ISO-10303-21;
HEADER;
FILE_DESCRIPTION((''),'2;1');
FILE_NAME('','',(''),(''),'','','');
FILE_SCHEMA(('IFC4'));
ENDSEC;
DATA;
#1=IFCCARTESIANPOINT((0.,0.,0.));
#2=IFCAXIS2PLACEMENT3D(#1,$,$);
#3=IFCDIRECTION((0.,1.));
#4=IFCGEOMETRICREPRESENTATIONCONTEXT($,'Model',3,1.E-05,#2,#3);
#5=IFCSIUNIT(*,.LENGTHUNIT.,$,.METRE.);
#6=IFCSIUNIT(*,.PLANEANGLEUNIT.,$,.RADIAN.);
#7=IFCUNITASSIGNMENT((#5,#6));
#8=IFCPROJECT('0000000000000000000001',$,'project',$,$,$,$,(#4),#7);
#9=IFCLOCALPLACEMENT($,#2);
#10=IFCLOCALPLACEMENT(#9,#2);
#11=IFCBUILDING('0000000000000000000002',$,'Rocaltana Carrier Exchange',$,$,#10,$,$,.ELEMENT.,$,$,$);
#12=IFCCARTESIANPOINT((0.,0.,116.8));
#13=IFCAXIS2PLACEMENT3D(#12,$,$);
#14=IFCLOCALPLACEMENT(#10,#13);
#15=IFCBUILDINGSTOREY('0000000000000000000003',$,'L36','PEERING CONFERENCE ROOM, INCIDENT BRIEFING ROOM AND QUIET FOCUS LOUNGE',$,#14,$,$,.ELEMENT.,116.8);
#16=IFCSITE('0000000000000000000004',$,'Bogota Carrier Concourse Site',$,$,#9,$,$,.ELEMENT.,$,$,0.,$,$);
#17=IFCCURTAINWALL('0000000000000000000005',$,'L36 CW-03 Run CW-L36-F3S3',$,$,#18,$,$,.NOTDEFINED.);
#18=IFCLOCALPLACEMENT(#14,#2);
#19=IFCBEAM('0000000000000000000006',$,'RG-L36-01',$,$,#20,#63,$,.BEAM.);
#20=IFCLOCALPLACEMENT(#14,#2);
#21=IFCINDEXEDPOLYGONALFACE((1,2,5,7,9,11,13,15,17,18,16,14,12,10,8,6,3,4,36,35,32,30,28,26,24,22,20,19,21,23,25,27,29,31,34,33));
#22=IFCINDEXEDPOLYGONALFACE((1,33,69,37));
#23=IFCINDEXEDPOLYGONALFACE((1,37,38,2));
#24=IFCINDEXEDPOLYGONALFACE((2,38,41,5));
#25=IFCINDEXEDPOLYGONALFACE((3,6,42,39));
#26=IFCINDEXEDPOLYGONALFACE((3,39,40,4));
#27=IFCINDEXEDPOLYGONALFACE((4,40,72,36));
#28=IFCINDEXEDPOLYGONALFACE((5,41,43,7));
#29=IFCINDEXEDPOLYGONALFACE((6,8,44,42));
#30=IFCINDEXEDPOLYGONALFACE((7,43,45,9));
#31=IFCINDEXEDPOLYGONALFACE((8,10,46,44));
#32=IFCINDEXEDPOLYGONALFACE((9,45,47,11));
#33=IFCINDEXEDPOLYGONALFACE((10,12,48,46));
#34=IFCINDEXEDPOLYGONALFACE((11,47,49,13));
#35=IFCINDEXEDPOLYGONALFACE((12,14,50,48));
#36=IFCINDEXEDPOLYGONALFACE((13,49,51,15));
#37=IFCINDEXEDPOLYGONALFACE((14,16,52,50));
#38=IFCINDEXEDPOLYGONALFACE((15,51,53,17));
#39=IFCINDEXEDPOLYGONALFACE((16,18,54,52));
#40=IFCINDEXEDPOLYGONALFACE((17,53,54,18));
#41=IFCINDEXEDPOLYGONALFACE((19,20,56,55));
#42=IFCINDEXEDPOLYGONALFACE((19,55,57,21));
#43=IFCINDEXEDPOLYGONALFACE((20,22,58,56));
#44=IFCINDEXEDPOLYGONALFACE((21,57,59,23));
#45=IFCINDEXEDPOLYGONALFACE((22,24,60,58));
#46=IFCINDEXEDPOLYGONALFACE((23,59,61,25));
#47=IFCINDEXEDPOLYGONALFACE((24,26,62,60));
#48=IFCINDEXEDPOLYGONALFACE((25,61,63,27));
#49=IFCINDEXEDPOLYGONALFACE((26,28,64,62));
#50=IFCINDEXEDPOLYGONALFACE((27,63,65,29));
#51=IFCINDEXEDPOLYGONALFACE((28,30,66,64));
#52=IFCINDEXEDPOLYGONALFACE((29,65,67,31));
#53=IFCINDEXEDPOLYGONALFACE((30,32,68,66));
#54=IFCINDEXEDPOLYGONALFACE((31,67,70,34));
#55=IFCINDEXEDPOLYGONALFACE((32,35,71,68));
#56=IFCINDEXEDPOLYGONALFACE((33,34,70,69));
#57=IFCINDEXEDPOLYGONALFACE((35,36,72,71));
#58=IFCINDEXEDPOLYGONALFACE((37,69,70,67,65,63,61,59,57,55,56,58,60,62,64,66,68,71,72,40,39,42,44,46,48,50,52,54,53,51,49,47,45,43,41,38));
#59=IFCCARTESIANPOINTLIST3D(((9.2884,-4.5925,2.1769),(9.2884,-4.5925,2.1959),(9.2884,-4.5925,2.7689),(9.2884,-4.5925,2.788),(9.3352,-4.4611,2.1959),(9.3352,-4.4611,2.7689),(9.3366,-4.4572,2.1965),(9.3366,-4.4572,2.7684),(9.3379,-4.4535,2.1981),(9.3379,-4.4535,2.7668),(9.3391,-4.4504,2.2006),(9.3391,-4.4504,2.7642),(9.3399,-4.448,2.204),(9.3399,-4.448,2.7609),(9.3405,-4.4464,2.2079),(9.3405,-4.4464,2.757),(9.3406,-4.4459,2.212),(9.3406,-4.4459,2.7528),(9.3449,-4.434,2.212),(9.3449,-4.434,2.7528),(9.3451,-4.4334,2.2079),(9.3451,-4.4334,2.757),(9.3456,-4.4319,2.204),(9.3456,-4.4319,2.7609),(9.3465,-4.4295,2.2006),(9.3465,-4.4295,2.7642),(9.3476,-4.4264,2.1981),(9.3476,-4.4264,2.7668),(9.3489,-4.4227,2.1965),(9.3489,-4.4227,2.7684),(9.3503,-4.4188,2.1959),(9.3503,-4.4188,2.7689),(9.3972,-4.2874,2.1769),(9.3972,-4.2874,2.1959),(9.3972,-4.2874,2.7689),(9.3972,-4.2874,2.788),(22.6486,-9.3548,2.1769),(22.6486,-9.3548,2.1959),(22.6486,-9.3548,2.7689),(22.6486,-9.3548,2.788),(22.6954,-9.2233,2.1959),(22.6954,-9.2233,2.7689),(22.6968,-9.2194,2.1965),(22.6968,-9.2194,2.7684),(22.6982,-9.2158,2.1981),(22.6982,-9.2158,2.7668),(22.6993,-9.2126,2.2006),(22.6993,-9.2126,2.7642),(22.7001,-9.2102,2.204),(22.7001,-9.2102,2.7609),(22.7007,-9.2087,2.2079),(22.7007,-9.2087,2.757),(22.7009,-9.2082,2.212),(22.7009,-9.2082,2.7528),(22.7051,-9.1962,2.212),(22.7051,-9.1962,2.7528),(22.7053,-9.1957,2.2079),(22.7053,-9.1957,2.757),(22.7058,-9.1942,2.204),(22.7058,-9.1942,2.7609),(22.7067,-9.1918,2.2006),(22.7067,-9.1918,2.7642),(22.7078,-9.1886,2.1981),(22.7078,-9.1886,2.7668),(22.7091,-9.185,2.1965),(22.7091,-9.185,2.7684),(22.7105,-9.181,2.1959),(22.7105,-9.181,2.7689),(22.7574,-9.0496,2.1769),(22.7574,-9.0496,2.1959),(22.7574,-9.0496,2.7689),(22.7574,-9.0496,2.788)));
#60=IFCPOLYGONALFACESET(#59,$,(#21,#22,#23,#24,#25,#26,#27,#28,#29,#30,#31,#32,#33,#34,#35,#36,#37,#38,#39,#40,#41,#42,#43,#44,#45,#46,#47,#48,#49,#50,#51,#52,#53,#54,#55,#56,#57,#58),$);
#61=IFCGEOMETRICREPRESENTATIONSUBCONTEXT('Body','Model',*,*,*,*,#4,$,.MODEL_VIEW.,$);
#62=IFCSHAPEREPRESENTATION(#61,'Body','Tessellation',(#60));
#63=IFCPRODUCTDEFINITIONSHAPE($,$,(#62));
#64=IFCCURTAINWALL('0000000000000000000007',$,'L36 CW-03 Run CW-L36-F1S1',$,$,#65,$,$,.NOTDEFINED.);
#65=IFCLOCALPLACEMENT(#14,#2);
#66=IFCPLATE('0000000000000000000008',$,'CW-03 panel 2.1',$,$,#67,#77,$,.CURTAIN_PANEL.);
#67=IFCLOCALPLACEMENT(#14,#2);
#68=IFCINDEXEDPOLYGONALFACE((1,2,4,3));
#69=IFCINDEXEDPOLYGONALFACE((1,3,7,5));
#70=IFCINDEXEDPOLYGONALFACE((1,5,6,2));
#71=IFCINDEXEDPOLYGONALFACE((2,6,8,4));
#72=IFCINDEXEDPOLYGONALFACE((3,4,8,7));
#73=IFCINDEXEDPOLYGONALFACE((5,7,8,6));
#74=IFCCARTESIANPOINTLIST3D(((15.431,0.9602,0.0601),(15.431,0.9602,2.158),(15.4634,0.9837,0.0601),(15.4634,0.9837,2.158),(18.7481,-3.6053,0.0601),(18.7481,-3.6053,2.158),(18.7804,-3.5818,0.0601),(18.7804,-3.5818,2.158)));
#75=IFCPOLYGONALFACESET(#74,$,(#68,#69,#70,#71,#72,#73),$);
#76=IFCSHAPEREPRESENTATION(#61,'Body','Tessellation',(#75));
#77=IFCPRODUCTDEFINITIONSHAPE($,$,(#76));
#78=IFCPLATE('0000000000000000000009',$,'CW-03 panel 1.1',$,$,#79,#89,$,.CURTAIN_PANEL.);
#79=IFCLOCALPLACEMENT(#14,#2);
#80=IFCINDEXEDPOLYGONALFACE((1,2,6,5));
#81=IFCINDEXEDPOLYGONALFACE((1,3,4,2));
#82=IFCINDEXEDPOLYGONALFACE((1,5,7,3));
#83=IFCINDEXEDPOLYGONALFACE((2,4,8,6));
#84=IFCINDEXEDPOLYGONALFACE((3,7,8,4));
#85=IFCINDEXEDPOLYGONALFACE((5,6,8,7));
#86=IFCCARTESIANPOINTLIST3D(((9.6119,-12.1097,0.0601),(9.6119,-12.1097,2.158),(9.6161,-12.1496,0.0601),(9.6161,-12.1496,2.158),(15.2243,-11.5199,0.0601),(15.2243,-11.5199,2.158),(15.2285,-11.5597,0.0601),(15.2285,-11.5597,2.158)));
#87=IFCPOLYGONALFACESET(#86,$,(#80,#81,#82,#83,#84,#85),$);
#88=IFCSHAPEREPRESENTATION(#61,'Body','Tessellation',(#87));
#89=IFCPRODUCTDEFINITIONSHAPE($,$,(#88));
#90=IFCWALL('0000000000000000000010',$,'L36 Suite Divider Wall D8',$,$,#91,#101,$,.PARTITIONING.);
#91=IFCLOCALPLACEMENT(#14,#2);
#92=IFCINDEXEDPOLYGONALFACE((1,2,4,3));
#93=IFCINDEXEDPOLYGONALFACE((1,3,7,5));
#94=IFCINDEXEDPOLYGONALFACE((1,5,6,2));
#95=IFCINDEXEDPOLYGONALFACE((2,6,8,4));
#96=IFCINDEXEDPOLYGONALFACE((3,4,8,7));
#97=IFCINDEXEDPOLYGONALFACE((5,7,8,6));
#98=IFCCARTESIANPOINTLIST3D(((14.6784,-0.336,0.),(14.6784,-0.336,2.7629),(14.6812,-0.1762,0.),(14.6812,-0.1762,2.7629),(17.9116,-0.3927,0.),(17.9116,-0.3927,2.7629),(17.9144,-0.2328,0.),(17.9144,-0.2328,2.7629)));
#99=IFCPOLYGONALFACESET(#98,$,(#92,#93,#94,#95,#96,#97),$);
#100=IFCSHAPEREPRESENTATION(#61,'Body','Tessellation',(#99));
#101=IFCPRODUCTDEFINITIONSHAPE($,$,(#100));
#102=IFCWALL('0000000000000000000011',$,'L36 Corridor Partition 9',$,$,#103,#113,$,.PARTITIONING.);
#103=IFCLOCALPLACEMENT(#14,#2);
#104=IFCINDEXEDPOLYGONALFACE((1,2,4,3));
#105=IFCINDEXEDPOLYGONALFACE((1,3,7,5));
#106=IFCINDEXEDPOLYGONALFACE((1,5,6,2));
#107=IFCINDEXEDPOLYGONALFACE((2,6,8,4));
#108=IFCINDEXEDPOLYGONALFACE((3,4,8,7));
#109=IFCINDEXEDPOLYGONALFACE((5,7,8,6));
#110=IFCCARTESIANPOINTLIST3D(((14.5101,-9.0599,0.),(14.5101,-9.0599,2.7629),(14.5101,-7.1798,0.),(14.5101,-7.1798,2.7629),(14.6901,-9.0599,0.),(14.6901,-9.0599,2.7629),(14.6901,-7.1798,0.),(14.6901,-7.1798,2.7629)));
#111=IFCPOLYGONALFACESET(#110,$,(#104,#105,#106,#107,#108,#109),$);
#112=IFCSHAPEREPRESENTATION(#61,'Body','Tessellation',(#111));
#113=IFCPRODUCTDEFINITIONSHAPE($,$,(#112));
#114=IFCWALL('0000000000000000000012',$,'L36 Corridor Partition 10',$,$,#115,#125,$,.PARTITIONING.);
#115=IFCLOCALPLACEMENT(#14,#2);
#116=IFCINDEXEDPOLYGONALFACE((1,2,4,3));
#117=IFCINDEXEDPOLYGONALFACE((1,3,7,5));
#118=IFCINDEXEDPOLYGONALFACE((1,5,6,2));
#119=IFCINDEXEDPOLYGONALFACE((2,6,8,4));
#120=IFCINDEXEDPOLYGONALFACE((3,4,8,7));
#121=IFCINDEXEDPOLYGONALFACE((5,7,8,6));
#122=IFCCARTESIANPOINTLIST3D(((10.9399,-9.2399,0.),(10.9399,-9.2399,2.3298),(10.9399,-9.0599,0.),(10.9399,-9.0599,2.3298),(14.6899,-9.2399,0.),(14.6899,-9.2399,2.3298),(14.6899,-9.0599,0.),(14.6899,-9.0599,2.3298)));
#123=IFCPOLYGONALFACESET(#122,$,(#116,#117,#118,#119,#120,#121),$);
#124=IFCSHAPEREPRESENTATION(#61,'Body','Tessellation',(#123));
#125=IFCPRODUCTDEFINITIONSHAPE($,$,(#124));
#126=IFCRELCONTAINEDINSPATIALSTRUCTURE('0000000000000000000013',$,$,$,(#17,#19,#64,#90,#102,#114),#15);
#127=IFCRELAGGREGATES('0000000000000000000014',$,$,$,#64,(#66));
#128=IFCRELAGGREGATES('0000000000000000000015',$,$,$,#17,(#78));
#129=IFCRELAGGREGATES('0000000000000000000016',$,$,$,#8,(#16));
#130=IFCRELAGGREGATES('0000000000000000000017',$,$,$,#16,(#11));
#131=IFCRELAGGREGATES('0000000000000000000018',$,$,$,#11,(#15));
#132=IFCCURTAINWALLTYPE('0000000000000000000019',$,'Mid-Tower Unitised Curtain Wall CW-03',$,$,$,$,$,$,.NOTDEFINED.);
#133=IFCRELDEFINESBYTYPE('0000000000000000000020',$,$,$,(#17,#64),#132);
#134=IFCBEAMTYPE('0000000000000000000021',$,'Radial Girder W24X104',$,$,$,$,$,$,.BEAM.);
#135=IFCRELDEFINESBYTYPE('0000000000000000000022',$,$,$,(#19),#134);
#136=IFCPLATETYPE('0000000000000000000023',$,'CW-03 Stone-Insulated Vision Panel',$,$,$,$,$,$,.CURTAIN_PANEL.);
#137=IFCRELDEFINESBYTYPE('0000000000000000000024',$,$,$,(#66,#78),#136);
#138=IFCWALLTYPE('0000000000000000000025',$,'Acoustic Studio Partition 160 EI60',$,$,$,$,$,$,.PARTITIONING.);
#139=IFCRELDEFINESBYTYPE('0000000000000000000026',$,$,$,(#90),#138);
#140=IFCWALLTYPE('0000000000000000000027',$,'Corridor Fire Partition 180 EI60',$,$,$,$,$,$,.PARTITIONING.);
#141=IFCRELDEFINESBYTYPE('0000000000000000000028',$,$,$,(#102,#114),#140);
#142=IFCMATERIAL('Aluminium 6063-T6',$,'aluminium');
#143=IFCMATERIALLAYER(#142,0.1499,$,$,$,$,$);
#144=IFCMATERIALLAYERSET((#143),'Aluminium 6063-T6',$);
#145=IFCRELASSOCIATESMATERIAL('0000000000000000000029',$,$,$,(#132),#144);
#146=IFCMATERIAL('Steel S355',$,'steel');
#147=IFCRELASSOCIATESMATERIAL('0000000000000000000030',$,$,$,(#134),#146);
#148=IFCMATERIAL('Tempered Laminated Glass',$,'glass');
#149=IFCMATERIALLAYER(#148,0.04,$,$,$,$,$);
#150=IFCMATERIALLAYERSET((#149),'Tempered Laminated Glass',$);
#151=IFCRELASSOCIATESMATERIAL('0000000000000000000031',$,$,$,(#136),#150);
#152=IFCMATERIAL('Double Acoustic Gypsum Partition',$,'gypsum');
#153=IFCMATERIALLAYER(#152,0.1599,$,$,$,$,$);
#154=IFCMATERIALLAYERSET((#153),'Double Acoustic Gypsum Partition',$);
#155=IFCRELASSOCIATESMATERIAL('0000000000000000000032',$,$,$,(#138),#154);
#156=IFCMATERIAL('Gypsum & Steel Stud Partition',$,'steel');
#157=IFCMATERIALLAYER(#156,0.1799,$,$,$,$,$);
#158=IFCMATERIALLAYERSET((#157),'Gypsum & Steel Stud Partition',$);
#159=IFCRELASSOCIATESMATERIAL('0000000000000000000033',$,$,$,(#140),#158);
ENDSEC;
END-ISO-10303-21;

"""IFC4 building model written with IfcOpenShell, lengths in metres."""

from ifc_helpers import new_model, si_unit, direction, frame, frame_2d, origin, origin_2d, place, context, subcontext, project, spatial, rectangle, i_section, extrude, material, layer, layer_set, material_profile, profile_set, type_object, element, aggregate, save


model = new_model("IFC4")

# Units and contexts
model_context = context("Model", 3, precision=1e-05, world=origin(), true_north=direction((0.0, 1.0)))
body_context = subcontext(model_context, "Body", "Model", "MODEL_VIEW")
ifc_project = project(units=[si_unit("LENGTHUNIT", "METRE"), si_unit("PLANEANGLEUNIT", "RADIAN")], contexts=[model_context])

# Site, building, storey
site_placement = place(None, origin())
site = spatial("IfcSite", under=ifc_project, at=site_placement, Name="Bogota Carrier Concourse Site", CompositionType="ELEMENT", RefElevation=0.0)
building_placement = place(site_placement, origin())
building = spatial("IfcBuilding", under=site, at=building_placement, Name="Rocaltana Carrier Exchange", CompositionType="ELEMENT")
storey_placement = place(building_placement, frame((0.0, 0.0, 116.8)))
storey = spatial("IfcBuildingStorey", under=building, at=storey_placement, Name="L36", Description="PEERING CONFERENCE ROOM, INCIDENT BRIEFING ROOM AND QUIET FOCUS LOUNGE", CompositionType="ELEMENT", Elevation=116.8)

# Curtain wall
ifc_material_1 = material(Name="Aluminium 6063-T6", Category="aluminium")
ifc_layer_1 = layer(ifc_material_1, 0.1499)
ifc_layer_set_1 = layer_set([ifc_layer_1], Name="Aluminium 6063-T6")
curtain_wall_type = type_object("IfcCurtainWallType", Name="Mid-Tower Unitised Curtain Wall CW-03", PredefinedType="NOTDEFINED", material=ifc_layer_set_1)
curtain_wall_1_placement = place(storey_placement, origin())
curtain_wall_1 = element("IfcCurtainWall", 1, at=curtain_wall_1_placement, inside=storey, type_object=curtain_wall_type, Name="L36 CW-03 Run CW-L36-F3S3", PredefinedType="NOTDEFINED")

# Beam
ifc_material_2 = material(Name="Steel S355", Category="steel")
ifc_material_profile_1 = material_profile(ifc_material_2, i_section(OverallWidth=0.324, OverallDepth=0.6111, WebThickness=0.0127, FlangeThickness=0.019, FilletRadius=0.0161, at=origin_2d()), Name="W24X104")
ifc_profile_set_1 = profile_set([ifc_material_profile_1], Name="Steel S355")
beam_type_1 = type_object("IfcBeamType", Name="Radial Girder W24X104", PredefinedType="BEAM", material=ifc_profile_set_1)
beam_1_placement = place(storey_placement, frame((9.3428, -4.4399, 2.4824), z_axis=(0.941949, -0.335757, 0.0), x_axis=(0.335757, 0.941949, 0.0)))
element("IfcBeam", 2, at=beam_1_placement, inside=storey, type_object=beam_type_1, Name="RG-L36-01", PredefinedType="BEAM", context=body_context, shape_type="SweptSolid", body=[
    extrude(i_section(OverallWidth=0.324, OverallDepth=0.6111, WebThickness=0.0127, FlangeThickness=0.019, FilletRadius=0.0161, at=origin_2d()), origin(), (0.0, 0.0, 1.0), 14.1836),
])

# Curtain wall, plate
curtain_wall_2_placement = place(storey_placement, origin())
curtain_wall_2 = element("IfcCurtainWall", 3, at=curtain_wall_2_placement, inside=storey, type_object=curtain_wall_type, Name="L36 CW-03 Run CW-L36-F1S1", PredefinedType="NOTDEFINED")
ifc_material_3 = material(Name="Tempered Laminated Glass", Category="glass")
ifc_layer_2 = layer(ifc_material_3, 0.04)
ifc_layer_set_2 = layer_set([ifc_layer_2], Name="Tempered Laminated Glass")
plate_type = type_object("IfcPlateType", Name="CW-03 Stone-Insulated Vision Panel", PredefinedType="CURTAIN_PANEL", material=ifc_layer_set_2)
plate_1_placement = place(storey_placement, frame((17.1057, -1.3108, 0.0601), z_axis=(0.0, 0.0, 1.0), x_axis=(-0.58779, 0.809014, 0.0)))
plate_1 = element("IfcPlate", 4, at=plate_1_placement, type_object=plate_type, Name="CW-03 panel 2.1", PredefinedType="CURTAIN_PANEL", context=body_context, shape_type="SweptSolid", body=[
    extrude(rectangle(XDim=5.6433, YDim=0.04, at=origin_2d()), origin(), (0.0, 0.0, 1.0), 2.0979),
])
aggregate(curtain_wall_2, [plate_1])

# Plate
plate_2_placement = place(storey_placement, frame((12.4202, -11.8347, 0.0601), z_axis=(0.0, 0.0, 1.0), x_axis=(0.994523, 0.104522, 0.0)))
plate_2 = element("IfcPlate", 5, at=plate_2_placement, type_object=plate_type, Name="CW-03 panel 1.1", PredefinedType="CURTAIN_PANEL", context=body_context, shape_type="SweptSolid", body=[
    extrude(rectangle(XDim=5.6433, YDim=0.04, at=origin_2d()), origin(), (0.0, 0.0, 1.0), 2.0979),
])
aggregate(curtain_wall_1, [plate_2])

# Walls
ifc_material_4 = material(Name="Double Acoustic Gypsum Partition", Category="gypsum")
ifc_layer_3 = layer(ifc_material_4, 0.1599)
ifc_layer_set_3 = layer_set([ifc_layer_3], Name="Double Acoustic Gypsum Partition")
wall_type_1 = type_object("IfcWallType", Name="Acoustic Studio Partition 160 EI60", PredefinedType="PARTITIONING", material=ifc_layer_set_3)
wall_1_placement = place(storey_placement, frame((14.6799, -0.2561, 0.0), z_axis=(0.0, 0.0, 1.0), x_axis=(0.999847, -0.017516, 0.0)))
element("IfcWall", 6, at=wall_1_placement, inside=storey, type_object=wall_type_1, Name="L36 Suite Divider Wall D8", PredefinedType="PARTITIONING", context=body_context, shape_type="SweptSolid", body=[
    extrude(rectangle(XDim=3.2336, YDim=0.1599, at=frame_2d((1.6167, 0.0))), origin(), (0.0, 0.0, 1.0), 2.7629),
])
ifc_material_5 = material(Name="Gypsum & Steel Stud Partition", Category="steel")
ifc_layer_4 = layer(ifc_material_5, 0.1799)
ifc_layer_set_4 = layer_set([ifc_layer_4], Name="Gypsum & Steel Stud Partition")
wall_type_2 = type_object("IfcWallType", Name="Corridor Fire Partition 180 EI60", PredefinedType="PARTITIONING", material=ifc_layer_set_4)
wall_2_placement = place(storey_placement, frame((14.6001, -7.1799, 0.0), z_axis=(0.0, 0.0, 1.0), x_axis=(0.0, -1.0, 0.0)))
element("IfcWall", 7, at=wall_2_placement, inside=storey, type_object=wall_type_2, Name="L36 Corridor Partition 9", PredefinedType="PARTITIONING", context=body_context, shape_type="SweptSolid", body=[
    extrude(rectangle(XDim=1.8801, YDim=0.1799, at=frame_2d((0.9399, 0.0))), origin(), (0.0, 0.0, 1.0), 2.7629),
])
wall_3_placement = place(storey_placement, frame((14.6899, -9.1499, 0.0), z_axis=(0.0, 0.0, 1.0), x_axis=(-1.0, 0.0, 0.0)))
element("IfcWall", 8, at=wall_3_placement, inside=storey, type_object=wall_type_2, Name="L36 Corridor Partition 10", PredefinedType="PARTITIONING", context=body_context, shape_type="SweptSolid", body=[
    extrude(rectangle(XDim=3.75, YDim=0.1799, at=frame_2d((1.875, 0.0))), origin(), (0.0, 0.0, 1.0), 2.3298),
])

save(model, "model.ifc")
